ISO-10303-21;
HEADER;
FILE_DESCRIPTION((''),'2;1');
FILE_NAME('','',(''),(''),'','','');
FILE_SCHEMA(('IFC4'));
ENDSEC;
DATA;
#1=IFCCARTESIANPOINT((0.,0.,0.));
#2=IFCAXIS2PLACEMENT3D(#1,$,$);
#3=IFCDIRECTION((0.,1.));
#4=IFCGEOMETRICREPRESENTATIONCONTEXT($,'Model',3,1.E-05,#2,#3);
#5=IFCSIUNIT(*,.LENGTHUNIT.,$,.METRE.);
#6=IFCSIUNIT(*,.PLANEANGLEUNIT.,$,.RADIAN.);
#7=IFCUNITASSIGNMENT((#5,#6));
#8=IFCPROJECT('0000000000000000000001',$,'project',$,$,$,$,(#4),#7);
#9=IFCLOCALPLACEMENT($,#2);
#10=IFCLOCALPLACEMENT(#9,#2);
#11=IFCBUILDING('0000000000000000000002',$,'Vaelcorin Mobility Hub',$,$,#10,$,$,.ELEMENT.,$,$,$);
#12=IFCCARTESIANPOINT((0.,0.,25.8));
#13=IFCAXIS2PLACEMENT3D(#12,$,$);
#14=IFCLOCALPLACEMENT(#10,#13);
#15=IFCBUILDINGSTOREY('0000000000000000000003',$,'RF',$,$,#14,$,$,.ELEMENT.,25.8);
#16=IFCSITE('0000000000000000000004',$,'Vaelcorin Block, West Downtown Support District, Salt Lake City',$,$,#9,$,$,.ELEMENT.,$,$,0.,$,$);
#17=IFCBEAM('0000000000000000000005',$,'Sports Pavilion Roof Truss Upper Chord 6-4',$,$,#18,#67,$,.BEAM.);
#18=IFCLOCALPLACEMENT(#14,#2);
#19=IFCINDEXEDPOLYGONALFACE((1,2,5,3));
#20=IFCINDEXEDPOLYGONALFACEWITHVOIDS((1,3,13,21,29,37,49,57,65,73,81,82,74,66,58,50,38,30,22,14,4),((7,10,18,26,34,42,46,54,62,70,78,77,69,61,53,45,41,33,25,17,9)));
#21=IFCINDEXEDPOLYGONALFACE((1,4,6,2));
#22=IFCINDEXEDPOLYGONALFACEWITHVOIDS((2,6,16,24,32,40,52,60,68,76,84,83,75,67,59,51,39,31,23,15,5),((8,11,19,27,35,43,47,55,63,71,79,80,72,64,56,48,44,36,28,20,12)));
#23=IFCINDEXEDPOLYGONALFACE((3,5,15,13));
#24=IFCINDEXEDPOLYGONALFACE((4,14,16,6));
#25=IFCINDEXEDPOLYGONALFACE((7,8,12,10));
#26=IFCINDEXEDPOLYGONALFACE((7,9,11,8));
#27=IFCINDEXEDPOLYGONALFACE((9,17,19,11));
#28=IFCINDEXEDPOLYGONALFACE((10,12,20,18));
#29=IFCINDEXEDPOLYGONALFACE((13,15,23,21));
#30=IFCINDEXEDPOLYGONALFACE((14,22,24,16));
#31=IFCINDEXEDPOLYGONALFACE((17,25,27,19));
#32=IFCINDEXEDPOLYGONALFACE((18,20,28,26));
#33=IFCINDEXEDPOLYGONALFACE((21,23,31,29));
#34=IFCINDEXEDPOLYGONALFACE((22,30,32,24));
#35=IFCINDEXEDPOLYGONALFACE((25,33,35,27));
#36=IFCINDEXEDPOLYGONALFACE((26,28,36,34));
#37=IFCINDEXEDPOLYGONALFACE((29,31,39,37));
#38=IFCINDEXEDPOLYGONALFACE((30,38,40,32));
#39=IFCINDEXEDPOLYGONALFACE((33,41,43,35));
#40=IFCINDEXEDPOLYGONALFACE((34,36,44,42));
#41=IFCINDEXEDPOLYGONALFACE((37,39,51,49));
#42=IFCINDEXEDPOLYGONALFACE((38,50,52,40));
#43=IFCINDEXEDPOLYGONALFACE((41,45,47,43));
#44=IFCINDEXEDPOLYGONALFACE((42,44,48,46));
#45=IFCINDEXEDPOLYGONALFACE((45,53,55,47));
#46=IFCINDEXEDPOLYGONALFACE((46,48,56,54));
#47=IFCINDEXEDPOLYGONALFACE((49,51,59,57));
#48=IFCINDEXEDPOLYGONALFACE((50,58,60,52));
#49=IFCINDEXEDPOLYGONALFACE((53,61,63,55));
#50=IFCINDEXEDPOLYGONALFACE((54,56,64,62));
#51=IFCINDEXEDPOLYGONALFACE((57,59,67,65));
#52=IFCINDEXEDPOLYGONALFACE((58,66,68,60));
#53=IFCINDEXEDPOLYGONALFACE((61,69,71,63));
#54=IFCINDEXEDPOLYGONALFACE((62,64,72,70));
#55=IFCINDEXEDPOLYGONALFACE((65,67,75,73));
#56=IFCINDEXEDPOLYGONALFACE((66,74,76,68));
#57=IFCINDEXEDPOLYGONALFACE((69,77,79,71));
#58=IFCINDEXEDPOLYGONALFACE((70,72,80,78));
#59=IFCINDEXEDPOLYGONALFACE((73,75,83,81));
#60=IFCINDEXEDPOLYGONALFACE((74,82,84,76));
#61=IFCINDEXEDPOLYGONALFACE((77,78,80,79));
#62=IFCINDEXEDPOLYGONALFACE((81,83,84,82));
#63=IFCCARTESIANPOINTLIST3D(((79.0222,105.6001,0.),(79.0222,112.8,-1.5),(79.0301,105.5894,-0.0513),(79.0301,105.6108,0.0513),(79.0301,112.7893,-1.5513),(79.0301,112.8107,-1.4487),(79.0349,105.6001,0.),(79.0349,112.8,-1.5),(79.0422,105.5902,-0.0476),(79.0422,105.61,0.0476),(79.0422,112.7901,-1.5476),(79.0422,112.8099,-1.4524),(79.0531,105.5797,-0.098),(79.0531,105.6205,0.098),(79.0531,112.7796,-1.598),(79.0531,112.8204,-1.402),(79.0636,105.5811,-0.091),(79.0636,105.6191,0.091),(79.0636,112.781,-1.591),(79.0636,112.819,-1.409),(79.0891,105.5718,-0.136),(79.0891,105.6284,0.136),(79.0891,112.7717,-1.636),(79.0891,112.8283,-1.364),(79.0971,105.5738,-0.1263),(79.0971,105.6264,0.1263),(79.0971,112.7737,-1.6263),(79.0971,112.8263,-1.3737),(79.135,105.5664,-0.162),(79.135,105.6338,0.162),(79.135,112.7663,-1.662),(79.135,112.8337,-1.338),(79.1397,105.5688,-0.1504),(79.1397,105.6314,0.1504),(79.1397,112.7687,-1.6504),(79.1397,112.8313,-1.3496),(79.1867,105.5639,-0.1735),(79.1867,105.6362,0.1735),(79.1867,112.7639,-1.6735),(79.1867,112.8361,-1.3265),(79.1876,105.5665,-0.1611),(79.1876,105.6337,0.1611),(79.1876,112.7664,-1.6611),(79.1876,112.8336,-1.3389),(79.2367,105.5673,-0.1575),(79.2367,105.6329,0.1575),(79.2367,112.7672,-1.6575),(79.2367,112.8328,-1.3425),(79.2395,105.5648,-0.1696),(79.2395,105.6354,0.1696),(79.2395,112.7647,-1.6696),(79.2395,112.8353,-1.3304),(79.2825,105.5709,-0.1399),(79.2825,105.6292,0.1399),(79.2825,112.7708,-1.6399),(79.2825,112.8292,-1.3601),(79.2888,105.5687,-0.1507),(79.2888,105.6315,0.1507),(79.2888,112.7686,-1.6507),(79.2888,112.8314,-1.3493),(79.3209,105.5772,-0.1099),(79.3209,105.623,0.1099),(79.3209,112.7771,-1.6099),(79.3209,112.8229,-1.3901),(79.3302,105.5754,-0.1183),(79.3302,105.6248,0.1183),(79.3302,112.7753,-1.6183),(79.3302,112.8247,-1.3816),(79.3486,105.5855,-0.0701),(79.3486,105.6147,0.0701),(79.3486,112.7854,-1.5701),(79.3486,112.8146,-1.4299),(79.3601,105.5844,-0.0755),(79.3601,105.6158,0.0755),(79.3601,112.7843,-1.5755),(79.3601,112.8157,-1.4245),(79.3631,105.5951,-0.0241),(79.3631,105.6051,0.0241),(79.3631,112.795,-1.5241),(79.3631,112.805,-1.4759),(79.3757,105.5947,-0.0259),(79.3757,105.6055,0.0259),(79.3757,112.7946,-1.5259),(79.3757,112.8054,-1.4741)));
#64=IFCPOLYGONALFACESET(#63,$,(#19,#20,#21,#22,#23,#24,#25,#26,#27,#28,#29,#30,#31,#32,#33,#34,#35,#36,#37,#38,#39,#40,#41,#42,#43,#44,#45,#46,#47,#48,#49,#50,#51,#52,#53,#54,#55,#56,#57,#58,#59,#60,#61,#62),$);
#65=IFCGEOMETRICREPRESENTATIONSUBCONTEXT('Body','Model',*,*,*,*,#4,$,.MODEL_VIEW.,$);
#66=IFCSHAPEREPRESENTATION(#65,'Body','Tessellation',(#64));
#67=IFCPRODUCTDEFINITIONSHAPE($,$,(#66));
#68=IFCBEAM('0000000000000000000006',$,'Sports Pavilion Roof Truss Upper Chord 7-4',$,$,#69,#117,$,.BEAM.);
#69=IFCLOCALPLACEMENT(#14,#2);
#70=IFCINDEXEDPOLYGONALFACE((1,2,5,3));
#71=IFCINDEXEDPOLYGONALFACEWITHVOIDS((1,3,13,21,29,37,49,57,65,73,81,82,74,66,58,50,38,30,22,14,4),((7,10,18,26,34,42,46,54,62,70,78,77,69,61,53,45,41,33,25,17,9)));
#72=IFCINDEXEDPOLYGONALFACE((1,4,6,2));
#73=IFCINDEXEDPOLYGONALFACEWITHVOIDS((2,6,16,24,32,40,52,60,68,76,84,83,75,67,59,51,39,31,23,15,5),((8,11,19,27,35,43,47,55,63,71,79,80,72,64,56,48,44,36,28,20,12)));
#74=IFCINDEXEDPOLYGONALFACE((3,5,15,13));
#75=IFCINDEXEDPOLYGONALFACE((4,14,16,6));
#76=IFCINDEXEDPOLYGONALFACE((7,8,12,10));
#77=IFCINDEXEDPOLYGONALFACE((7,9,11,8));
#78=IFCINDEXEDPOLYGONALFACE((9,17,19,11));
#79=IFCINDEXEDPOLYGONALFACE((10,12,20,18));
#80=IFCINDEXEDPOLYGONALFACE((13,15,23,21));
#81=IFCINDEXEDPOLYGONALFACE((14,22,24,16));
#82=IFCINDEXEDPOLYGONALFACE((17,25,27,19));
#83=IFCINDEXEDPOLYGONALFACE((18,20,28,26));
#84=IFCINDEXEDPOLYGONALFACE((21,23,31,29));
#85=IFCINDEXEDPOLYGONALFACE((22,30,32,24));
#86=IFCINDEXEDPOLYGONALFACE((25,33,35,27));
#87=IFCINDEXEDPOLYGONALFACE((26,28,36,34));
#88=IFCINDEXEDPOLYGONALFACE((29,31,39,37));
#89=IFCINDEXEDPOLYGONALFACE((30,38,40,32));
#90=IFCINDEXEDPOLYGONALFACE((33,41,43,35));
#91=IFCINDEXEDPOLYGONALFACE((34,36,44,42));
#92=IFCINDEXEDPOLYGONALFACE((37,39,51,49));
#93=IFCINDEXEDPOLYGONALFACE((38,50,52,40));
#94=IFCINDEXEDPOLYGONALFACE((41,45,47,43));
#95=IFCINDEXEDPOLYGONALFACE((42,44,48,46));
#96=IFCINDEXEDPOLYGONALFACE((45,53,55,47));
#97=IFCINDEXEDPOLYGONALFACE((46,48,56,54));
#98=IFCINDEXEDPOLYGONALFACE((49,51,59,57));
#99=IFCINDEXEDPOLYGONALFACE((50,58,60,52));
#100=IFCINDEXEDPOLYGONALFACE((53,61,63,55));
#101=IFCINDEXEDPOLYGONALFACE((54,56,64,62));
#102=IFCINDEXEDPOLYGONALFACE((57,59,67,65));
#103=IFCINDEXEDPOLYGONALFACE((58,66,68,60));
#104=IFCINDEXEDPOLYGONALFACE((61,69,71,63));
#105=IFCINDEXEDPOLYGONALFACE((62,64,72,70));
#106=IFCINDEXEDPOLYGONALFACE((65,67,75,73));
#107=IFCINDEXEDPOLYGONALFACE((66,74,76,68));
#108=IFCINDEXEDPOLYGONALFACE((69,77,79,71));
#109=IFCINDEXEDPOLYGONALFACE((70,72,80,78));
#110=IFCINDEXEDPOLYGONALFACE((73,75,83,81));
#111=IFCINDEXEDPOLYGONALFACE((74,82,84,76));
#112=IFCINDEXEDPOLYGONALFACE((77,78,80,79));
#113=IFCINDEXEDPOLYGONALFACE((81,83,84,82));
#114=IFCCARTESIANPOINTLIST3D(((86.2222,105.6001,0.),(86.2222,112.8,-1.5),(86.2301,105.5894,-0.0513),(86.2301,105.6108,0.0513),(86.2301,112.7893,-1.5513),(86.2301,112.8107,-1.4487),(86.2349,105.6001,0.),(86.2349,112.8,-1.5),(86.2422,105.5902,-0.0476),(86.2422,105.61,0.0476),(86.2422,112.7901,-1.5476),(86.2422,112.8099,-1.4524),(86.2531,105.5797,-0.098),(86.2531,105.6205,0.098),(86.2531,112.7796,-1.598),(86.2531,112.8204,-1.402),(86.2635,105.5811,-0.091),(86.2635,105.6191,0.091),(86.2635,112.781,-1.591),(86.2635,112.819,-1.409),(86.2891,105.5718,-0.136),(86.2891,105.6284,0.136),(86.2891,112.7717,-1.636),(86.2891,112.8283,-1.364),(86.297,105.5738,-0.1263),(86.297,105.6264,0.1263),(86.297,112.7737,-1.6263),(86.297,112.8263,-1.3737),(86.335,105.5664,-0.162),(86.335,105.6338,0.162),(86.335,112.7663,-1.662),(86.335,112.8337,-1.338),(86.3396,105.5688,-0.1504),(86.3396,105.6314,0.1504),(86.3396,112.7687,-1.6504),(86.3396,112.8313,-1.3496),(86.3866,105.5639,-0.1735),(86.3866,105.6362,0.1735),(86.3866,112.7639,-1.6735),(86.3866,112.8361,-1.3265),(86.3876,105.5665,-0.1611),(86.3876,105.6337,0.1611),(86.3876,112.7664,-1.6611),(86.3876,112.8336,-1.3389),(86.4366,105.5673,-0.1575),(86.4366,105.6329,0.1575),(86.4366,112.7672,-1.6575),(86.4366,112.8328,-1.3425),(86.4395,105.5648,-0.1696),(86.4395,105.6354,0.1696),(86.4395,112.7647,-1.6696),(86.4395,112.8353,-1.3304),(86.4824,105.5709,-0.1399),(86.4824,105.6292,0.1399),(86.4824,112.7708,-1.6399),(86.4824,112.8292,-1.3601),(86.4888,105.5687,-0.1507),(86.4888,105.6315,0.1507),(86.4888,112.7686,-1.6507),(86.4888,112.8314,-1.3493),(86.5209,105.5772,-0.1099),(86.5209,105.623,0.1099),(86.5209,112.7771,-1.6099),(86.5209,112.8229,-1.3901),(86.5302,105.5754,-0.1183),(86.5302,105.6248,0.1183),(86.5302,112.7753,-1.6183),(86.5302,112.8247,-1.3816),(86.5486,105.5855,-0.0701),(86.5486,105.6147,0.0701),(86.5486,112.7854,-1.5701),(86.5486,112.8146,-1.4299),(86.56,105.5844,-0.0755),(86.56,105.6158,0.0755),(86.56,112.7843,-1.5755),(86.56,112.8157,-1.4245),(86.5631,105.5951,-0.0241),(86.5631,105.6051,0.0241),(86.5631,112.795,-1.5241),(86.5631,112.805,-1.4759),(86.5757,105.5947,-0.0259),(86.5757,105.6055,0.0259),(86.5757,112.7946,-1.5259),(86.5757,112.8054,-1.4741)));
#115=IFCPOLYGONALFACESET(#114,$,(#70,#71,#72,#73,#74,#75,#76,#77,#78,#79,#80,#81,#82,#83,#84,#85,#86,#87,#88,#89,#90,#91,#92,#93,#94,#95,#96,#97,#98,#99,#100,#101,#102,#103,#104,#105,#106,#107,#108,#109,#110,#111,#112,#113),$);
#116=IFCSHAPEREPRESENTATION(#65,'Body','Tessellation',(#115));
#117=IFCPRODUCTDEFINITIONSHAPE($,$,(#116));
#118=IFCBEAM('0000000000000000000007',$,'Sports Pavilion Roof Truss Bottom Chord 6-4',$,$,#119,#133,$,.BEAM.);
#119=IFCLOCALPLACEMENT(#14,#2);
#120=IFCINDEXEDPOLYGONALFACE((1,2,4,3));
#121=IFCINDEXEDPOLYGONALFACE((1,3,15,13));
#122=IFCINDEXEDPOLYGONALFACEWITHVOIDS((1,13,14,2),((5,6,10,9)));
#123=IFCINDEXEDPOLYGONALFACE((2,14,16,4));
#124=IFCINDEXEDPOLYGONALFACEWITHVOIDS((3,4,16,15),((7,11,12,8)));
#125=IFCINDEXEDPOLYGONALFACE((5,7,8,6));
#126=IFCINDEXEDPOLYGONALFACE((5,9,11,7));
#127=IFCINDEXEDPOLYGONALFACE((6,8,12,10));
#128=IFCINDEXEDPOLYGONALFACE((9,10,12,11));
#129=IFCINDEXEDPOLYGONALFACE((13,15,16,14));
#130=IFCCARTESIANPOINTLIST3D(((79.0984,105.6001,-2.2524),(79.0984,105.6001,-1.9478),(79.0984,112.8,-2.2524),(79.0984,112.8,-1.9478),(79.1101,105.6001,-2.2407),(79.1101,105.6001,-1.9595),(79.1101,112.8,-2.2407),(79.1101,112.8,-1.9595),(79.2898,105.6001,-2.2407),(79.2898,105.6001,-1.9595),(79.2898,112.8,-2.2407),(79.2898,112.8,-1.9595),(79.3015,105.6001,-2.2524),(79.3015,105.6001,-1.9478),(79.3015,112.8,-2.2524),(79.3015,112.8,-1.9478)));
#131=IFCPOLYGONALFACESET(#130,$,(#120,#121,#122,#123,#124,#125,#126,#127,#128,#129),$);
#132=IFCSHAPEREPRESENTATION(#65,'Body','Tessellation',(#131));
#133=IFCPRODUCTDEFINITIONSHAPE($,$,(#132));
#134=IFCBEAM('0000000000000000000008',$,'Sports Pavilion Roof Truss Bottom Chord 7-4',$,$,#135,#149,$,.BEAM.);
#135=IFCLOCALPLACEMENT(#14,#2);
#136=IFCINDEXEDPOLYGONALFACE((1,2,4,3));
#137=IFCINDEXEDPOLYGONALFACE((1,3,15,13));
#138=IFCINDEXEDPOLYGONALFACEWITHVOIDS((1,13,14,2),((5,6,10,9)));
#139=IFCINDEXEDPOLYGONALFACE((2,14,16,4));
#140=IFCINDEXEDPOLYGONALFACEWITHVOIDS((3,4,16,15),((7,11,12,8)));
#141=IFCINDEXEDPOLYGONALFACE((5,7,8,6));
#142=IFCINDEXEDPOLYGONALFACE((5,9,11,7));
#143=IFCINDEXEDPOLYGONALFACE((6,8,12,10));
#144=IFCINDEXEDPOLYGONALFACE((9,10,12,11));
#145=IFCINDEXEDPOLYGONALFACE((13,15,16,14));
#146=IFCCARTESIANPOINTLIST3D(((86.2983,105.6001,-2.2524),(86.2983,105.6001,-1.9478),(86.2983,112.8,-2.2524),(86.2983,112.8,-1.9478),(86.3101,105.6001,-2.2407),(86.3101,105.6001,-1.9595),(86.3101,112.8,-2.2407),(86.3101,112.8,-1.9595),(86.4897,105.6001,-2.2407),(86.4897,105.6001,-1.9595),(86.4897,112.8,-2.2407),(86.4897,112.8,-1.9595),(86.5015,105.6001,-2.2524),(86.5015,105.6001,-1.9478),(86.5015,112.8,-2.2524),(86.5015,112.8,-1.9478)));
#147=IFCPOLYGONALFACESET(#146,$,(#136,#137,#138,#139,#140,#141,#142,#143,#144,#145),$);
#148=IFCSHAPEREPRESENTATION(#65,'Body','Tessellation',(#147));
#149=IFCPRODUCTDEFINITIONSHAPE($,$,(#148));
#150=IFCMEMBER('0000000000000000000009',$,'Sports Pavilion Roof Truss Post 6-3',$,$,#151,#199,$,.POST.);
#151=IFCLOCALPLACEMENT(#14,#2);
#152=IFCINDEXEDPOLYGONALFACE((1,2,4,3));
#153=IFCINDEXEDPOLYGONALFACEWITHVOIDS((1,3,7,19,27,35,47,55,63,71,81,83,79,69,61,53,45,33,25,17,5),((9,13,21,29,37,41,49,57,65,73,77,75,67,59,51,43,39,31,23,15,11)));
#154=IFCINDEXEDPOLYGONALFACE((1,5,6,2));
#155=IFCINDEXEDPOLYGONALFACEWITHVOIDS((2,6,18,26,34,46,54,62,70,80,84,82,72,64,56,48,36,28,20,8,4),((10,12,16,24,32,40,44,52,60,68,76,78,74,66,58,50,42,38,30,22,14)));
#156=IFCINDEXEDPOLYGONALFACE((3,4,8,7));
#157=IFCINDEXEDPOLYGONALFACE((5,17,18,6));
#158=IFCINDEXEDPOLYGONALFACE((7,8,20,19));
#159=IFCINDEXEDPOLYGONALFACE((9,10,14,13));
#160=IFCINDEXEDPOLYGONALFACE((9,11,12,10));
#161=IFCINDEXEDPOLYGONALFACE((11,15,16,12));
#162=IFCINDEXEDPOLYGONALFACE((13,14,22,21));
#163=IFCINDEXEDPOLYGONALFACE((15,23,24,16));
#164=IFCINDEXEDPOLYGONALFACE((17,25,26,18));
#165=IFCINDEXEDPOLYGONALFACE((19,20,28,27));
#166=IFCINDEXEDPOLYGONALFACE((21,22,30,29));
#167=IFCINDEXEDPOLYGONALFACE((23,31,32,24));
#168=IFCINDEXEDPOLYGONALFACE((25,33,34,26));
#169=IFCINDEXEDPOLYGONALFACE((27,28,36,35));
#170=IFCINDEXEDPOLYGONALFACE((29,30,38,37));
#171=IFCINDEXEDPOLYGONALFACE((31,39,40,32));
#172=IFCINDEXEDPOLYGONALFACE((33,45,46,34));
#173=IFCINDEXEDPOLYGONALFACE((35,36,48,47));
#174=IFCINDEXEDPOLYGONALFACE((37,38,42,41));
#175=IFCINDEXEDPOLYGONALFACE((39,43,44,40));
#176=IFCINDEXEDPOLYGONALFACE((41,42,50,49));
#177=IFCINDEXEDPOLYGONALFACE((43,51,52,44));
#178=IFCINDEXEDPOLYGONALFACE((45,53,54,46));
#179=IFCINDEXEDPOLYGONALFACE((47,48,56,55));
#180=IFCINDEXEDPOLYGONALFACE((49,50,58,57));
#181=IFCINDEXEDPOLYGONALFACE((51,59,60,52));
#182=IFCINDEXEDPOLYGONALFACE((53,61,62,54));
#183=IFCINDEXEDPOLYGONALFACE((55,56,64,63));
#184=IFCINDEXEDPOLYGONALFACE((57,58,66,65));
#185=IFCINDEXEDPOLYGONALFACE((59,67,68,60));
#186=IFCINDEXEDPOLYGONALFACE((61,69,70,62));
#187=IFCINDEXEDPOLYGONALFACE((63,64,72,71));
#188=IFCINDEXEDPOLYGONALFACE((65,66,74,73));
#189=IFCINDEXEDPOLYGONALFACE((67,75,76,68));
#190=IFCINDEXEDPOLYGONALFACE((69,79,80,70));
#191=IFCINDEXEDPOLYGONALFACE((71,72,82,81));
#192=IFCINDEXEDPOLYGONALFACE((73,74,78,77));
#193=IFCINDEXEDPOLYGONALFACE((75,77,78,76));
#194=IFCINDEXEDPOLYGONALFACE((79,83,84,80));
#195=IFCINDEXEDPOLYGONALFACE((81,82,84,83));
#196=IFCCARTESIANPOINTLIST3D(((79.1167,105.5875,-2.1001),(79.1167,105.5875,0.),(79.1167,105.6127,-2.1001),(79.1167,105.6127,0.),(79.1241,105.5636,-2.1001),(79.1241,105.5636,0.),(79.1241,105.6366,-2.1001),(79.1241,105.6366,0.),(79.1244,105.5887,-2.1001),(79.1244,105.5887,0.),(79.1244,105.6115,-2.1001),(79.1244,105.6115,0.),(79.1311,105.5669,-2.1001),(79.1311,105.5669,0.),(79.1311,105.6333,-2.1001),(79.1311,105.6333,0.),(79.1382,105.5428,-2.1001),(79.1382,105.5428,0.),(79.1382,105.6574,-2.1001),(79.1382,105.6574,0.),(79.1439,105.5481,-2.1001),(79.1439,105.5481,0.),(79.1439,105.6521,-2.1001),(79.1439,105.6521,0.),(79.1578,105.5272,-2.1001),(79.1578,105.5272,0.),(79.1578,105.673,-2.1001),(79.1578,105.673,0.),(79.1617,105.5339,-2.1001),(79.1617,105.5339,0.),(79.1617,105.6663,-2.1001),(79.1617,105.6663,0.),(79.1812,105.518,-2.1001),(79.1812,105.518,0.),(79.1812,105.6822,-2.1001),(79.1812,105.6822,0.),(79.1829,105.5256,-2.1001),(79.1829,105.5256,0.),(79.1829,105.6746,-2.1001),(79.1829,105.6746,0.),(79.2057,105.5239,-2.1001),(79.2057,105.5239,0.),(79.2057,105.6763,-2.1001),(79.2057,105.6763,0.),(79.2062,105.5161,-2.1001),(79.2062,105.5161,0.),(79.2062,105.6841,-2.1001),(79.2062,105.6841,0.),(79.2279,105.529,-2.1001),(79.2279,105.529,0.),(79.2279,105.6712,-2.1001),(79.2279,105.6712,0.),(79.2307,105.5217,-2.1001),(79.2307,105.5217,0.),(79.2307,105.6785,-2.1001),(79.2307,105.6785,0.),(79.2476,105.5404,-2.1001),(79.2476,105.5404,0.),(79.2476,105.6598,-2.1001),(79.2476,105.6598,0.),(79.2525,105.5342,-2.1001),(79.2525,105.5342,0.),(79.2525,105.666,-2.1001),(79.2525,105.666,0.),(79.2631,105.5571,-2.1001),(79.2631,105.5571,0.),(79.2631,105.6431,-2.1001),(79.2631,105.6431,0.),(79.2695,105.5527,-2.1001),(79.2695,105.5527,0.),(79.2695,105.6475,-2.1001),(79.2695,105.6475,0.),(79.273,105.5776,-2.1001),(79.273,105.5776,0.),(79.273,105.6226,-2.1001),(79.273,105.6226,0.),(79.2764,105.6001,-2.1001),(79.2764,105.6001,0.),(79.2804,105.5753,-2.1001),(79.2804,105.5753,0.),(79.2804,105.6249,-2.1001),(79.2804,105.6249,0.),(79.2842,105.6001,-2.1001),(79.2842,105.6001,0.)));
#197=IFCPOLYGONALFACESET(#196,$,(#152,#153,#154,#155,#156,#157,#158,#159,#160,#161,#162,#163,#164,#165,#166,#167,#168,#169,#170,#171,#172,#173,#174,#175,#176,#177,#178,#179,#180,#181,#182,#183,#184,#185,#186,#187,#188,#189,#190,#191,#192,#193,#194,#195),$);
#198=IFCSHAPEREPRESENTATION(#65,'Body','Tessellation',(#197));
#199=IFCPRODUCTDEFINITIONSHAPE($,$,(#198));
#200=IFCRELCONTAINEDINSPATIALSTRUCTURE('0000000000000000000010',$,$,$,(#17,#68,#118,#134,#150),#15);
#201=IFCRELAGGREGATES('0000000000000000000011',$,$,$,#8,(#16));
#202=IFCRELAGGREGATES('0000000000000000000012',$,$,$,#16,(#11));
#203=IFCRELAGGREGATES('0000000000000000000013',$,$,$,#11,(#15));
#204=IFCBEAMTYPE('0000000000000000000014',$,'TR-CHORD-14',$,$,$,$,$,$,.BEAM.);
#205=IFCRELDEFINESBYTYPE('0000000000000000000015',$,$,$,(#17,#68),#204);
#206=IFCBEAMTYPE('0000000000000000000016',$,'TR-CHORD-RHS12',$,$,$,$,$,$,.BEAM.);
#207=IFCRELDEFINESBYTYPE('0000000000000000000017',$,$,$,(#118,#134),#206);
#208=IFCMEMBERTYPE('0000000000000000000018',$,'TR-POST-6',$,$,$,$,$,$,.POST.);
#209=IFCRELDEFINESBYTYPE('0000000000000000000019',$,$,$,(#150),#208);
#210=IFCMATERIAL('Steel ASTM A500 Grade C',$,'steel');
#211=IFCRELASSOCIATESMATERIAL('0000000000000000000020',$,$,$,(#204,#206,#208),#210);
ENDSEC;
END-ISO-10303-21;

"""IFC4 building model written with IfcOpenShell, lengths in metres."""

from ifc_helpers import new_model, si_unit, direction, frame, origin, origin_2d, place, context, subcontext, project, spatial, hollow_rectangle, hollow_circle, extrude, material, material_profile, profile_set, type_object, element, save


model = new_model("IFC4")

# Units and contexts
model_context = context("Model", 3, precision=1e-05, world=origin(), true_north=direction((0.0, 1.0)))
body_context = subcontext(model_context, "Body", "Model", "MODEL_VIEW")
ifc_project = project(units=[si_unit("LENGTHUNIT", "METRE"), si_unit("PLANEANGLEUNIT", "RADIAN")], contexts=[model_context])

# Site, building, storey
site_placement = place(None, origin())
site = spatial("IfcSite", under=ifc_project, at=site_placement, Name="Vaelcorin Block, West Downtown Support District, Salt Lake City", CompositionType="ELEMENT", RefElevation=0.0)
building_placement = place(site_placement, origin())
building = spatial("IfcBuilding", under=site, at=building_placement, Name="Vaelcorin Mobility Hub", CompositionType="ELEMENT")
storey_placement = place(building_placement, frame((0.0, 0.0, 25.8)))
storey = spatial("IfcBuildingStorey", under=building, at=storey_placement, Name="RF", CompositionType="ELEMENT", Elevation=25.8)

# Shared definitions
ifc_material_1 = material(Name="Steel ASTM A500 Grade C", Category="steel")

# Beams
ifc_material_profile_1 = material_profile(ifc_material_1, hollow_circle(Radius=0.1777, WallThickness=0.0127, at=origin_2d()), Name="HSS14.000X0.500")
ifc_profile_set_1 = profile_set([ifc_material_profile_1], Name="Steel ASTM A500 Grade C")
beam_type_1 = type_object("IfcBeamType", Name="TR-CHORD-14", PredefinedType="BEAM", material=ifc_profile_set_1)
for number, where, z_axis, x_axis, name in (
    (1, (79.2, 105.6001, 0.0), (0.0, 0.97898, -0.203956), (-1.0, 0.0, 0.0), "Sports Pavilion Roof Truss Upper Chord 6-4"),
    (2, (86.3999, 105.6001, 0.0), (0.0, 0.97898, -0.203956), (-1.0, 0.0, 0.0), "Sports Pavilion Roof Truss Upper Chord 7-4"),
):
    element("IfcBeam", number, at=place(storey_placement, frame(where, z_axis=z_axis, x_axis=x_axis)), inside=storey, type_object=beam_type_1, Name=name, PredefinedType="BEAM", context=body_context, shape_type="SweptSolid", body=[
        extrude(hollow_circle(Radius=0.1777, WallThickness=0.0127, at=origin_2d()), origin(), (0.0, 0.0, 1.0), 7.3545),
    ])
ifc_material_profile_2 = material_profile(ifc_material_1, hollow_rectangle(XDim=0.2031, YDim=0.3047, WallThickness=0.0117, at=origin_2d()), Name="HSS12X8X0.500")
ifc_profile_set_2 = profile_set([ifc_material_profile_2], Name="Steel ASTM A500 Grade C")
beam_type_2 = type_object("IfcBeamType", Name="TR-CHORD-RHS12", PredefinedType="BEAM", material=ifc_profile_set_2)
for number, where, z_axis, x_axis, name in (
    (3, (79.2, 105.6001, -2.1001), (0.0, 1.0, 0.0), (-1.0, 0.0, 0.0), "Sports Pavilion Roof Truss Bottom Chord 6-4"),
    (4, (86.3999, 105.6001, -2.1001), (0.0, 1.0, 0.0), (-1.0, 0.0, 0.0), "Sports Pavilion Roof Truss Bottom Chord 7-4"),
):
    element("IfcBeam", number, at=place(storey_placement, frame(where, z_axis=z_axis, x_axis=x_axis)), inside=storey, type_object=beam_type_2, Name=name, PredefinedType="BEAM", context=body_context, shape_type="SweptSolid", body=[
        extrude(hollow_rectangle(XDim=0.2031, YDim=0.3047, WallThickness=0.0117, at=origin_2d()), origin(), (0.0, 0.0, 1.0), 7.2),
    ])

# Member
ifc_material_profile_3 = material_profile(ifc_material_1, hollow_circle(Radius=0.0842, WallThickness=0.0078, at=origin_2d()), Name="HSS6.625X0.312")
ifc_profile_set_3 = profile_set([ifc_material_profile_3], Name="Steel ASTM A500 Grade C")
member_type_1 = type_object("IfcMemberType", Name="TR-POST-6", PredefinedType="POST", material=ifc_profile_set_3)
for number, where, z_axis, x_axis, name in (
    (5, (79.2, 105.6001, -2.1001), (0.0, 0.0, 1.0), (1.0, 0.0, 0.0), "Sports Pavilion Roof Truss Post 6-3"),
):
    element("IfcMember", number, at=place(storey_placement, frame(where, z_axis=z_axis, x_axis=x_axis)), inside=storey, type_object=member_type_1, Name=name, PredefinedType="POST", context=body_context, shape_type="SweptSolid", body=[
        extrude(hollow_circle(Radius=0.0842, WallThickness=0.0078, at=origin_2d()), origin(), (0.0, 0.0, 1.0), 2.1001),
    ])

save(model, "model.ifc")
